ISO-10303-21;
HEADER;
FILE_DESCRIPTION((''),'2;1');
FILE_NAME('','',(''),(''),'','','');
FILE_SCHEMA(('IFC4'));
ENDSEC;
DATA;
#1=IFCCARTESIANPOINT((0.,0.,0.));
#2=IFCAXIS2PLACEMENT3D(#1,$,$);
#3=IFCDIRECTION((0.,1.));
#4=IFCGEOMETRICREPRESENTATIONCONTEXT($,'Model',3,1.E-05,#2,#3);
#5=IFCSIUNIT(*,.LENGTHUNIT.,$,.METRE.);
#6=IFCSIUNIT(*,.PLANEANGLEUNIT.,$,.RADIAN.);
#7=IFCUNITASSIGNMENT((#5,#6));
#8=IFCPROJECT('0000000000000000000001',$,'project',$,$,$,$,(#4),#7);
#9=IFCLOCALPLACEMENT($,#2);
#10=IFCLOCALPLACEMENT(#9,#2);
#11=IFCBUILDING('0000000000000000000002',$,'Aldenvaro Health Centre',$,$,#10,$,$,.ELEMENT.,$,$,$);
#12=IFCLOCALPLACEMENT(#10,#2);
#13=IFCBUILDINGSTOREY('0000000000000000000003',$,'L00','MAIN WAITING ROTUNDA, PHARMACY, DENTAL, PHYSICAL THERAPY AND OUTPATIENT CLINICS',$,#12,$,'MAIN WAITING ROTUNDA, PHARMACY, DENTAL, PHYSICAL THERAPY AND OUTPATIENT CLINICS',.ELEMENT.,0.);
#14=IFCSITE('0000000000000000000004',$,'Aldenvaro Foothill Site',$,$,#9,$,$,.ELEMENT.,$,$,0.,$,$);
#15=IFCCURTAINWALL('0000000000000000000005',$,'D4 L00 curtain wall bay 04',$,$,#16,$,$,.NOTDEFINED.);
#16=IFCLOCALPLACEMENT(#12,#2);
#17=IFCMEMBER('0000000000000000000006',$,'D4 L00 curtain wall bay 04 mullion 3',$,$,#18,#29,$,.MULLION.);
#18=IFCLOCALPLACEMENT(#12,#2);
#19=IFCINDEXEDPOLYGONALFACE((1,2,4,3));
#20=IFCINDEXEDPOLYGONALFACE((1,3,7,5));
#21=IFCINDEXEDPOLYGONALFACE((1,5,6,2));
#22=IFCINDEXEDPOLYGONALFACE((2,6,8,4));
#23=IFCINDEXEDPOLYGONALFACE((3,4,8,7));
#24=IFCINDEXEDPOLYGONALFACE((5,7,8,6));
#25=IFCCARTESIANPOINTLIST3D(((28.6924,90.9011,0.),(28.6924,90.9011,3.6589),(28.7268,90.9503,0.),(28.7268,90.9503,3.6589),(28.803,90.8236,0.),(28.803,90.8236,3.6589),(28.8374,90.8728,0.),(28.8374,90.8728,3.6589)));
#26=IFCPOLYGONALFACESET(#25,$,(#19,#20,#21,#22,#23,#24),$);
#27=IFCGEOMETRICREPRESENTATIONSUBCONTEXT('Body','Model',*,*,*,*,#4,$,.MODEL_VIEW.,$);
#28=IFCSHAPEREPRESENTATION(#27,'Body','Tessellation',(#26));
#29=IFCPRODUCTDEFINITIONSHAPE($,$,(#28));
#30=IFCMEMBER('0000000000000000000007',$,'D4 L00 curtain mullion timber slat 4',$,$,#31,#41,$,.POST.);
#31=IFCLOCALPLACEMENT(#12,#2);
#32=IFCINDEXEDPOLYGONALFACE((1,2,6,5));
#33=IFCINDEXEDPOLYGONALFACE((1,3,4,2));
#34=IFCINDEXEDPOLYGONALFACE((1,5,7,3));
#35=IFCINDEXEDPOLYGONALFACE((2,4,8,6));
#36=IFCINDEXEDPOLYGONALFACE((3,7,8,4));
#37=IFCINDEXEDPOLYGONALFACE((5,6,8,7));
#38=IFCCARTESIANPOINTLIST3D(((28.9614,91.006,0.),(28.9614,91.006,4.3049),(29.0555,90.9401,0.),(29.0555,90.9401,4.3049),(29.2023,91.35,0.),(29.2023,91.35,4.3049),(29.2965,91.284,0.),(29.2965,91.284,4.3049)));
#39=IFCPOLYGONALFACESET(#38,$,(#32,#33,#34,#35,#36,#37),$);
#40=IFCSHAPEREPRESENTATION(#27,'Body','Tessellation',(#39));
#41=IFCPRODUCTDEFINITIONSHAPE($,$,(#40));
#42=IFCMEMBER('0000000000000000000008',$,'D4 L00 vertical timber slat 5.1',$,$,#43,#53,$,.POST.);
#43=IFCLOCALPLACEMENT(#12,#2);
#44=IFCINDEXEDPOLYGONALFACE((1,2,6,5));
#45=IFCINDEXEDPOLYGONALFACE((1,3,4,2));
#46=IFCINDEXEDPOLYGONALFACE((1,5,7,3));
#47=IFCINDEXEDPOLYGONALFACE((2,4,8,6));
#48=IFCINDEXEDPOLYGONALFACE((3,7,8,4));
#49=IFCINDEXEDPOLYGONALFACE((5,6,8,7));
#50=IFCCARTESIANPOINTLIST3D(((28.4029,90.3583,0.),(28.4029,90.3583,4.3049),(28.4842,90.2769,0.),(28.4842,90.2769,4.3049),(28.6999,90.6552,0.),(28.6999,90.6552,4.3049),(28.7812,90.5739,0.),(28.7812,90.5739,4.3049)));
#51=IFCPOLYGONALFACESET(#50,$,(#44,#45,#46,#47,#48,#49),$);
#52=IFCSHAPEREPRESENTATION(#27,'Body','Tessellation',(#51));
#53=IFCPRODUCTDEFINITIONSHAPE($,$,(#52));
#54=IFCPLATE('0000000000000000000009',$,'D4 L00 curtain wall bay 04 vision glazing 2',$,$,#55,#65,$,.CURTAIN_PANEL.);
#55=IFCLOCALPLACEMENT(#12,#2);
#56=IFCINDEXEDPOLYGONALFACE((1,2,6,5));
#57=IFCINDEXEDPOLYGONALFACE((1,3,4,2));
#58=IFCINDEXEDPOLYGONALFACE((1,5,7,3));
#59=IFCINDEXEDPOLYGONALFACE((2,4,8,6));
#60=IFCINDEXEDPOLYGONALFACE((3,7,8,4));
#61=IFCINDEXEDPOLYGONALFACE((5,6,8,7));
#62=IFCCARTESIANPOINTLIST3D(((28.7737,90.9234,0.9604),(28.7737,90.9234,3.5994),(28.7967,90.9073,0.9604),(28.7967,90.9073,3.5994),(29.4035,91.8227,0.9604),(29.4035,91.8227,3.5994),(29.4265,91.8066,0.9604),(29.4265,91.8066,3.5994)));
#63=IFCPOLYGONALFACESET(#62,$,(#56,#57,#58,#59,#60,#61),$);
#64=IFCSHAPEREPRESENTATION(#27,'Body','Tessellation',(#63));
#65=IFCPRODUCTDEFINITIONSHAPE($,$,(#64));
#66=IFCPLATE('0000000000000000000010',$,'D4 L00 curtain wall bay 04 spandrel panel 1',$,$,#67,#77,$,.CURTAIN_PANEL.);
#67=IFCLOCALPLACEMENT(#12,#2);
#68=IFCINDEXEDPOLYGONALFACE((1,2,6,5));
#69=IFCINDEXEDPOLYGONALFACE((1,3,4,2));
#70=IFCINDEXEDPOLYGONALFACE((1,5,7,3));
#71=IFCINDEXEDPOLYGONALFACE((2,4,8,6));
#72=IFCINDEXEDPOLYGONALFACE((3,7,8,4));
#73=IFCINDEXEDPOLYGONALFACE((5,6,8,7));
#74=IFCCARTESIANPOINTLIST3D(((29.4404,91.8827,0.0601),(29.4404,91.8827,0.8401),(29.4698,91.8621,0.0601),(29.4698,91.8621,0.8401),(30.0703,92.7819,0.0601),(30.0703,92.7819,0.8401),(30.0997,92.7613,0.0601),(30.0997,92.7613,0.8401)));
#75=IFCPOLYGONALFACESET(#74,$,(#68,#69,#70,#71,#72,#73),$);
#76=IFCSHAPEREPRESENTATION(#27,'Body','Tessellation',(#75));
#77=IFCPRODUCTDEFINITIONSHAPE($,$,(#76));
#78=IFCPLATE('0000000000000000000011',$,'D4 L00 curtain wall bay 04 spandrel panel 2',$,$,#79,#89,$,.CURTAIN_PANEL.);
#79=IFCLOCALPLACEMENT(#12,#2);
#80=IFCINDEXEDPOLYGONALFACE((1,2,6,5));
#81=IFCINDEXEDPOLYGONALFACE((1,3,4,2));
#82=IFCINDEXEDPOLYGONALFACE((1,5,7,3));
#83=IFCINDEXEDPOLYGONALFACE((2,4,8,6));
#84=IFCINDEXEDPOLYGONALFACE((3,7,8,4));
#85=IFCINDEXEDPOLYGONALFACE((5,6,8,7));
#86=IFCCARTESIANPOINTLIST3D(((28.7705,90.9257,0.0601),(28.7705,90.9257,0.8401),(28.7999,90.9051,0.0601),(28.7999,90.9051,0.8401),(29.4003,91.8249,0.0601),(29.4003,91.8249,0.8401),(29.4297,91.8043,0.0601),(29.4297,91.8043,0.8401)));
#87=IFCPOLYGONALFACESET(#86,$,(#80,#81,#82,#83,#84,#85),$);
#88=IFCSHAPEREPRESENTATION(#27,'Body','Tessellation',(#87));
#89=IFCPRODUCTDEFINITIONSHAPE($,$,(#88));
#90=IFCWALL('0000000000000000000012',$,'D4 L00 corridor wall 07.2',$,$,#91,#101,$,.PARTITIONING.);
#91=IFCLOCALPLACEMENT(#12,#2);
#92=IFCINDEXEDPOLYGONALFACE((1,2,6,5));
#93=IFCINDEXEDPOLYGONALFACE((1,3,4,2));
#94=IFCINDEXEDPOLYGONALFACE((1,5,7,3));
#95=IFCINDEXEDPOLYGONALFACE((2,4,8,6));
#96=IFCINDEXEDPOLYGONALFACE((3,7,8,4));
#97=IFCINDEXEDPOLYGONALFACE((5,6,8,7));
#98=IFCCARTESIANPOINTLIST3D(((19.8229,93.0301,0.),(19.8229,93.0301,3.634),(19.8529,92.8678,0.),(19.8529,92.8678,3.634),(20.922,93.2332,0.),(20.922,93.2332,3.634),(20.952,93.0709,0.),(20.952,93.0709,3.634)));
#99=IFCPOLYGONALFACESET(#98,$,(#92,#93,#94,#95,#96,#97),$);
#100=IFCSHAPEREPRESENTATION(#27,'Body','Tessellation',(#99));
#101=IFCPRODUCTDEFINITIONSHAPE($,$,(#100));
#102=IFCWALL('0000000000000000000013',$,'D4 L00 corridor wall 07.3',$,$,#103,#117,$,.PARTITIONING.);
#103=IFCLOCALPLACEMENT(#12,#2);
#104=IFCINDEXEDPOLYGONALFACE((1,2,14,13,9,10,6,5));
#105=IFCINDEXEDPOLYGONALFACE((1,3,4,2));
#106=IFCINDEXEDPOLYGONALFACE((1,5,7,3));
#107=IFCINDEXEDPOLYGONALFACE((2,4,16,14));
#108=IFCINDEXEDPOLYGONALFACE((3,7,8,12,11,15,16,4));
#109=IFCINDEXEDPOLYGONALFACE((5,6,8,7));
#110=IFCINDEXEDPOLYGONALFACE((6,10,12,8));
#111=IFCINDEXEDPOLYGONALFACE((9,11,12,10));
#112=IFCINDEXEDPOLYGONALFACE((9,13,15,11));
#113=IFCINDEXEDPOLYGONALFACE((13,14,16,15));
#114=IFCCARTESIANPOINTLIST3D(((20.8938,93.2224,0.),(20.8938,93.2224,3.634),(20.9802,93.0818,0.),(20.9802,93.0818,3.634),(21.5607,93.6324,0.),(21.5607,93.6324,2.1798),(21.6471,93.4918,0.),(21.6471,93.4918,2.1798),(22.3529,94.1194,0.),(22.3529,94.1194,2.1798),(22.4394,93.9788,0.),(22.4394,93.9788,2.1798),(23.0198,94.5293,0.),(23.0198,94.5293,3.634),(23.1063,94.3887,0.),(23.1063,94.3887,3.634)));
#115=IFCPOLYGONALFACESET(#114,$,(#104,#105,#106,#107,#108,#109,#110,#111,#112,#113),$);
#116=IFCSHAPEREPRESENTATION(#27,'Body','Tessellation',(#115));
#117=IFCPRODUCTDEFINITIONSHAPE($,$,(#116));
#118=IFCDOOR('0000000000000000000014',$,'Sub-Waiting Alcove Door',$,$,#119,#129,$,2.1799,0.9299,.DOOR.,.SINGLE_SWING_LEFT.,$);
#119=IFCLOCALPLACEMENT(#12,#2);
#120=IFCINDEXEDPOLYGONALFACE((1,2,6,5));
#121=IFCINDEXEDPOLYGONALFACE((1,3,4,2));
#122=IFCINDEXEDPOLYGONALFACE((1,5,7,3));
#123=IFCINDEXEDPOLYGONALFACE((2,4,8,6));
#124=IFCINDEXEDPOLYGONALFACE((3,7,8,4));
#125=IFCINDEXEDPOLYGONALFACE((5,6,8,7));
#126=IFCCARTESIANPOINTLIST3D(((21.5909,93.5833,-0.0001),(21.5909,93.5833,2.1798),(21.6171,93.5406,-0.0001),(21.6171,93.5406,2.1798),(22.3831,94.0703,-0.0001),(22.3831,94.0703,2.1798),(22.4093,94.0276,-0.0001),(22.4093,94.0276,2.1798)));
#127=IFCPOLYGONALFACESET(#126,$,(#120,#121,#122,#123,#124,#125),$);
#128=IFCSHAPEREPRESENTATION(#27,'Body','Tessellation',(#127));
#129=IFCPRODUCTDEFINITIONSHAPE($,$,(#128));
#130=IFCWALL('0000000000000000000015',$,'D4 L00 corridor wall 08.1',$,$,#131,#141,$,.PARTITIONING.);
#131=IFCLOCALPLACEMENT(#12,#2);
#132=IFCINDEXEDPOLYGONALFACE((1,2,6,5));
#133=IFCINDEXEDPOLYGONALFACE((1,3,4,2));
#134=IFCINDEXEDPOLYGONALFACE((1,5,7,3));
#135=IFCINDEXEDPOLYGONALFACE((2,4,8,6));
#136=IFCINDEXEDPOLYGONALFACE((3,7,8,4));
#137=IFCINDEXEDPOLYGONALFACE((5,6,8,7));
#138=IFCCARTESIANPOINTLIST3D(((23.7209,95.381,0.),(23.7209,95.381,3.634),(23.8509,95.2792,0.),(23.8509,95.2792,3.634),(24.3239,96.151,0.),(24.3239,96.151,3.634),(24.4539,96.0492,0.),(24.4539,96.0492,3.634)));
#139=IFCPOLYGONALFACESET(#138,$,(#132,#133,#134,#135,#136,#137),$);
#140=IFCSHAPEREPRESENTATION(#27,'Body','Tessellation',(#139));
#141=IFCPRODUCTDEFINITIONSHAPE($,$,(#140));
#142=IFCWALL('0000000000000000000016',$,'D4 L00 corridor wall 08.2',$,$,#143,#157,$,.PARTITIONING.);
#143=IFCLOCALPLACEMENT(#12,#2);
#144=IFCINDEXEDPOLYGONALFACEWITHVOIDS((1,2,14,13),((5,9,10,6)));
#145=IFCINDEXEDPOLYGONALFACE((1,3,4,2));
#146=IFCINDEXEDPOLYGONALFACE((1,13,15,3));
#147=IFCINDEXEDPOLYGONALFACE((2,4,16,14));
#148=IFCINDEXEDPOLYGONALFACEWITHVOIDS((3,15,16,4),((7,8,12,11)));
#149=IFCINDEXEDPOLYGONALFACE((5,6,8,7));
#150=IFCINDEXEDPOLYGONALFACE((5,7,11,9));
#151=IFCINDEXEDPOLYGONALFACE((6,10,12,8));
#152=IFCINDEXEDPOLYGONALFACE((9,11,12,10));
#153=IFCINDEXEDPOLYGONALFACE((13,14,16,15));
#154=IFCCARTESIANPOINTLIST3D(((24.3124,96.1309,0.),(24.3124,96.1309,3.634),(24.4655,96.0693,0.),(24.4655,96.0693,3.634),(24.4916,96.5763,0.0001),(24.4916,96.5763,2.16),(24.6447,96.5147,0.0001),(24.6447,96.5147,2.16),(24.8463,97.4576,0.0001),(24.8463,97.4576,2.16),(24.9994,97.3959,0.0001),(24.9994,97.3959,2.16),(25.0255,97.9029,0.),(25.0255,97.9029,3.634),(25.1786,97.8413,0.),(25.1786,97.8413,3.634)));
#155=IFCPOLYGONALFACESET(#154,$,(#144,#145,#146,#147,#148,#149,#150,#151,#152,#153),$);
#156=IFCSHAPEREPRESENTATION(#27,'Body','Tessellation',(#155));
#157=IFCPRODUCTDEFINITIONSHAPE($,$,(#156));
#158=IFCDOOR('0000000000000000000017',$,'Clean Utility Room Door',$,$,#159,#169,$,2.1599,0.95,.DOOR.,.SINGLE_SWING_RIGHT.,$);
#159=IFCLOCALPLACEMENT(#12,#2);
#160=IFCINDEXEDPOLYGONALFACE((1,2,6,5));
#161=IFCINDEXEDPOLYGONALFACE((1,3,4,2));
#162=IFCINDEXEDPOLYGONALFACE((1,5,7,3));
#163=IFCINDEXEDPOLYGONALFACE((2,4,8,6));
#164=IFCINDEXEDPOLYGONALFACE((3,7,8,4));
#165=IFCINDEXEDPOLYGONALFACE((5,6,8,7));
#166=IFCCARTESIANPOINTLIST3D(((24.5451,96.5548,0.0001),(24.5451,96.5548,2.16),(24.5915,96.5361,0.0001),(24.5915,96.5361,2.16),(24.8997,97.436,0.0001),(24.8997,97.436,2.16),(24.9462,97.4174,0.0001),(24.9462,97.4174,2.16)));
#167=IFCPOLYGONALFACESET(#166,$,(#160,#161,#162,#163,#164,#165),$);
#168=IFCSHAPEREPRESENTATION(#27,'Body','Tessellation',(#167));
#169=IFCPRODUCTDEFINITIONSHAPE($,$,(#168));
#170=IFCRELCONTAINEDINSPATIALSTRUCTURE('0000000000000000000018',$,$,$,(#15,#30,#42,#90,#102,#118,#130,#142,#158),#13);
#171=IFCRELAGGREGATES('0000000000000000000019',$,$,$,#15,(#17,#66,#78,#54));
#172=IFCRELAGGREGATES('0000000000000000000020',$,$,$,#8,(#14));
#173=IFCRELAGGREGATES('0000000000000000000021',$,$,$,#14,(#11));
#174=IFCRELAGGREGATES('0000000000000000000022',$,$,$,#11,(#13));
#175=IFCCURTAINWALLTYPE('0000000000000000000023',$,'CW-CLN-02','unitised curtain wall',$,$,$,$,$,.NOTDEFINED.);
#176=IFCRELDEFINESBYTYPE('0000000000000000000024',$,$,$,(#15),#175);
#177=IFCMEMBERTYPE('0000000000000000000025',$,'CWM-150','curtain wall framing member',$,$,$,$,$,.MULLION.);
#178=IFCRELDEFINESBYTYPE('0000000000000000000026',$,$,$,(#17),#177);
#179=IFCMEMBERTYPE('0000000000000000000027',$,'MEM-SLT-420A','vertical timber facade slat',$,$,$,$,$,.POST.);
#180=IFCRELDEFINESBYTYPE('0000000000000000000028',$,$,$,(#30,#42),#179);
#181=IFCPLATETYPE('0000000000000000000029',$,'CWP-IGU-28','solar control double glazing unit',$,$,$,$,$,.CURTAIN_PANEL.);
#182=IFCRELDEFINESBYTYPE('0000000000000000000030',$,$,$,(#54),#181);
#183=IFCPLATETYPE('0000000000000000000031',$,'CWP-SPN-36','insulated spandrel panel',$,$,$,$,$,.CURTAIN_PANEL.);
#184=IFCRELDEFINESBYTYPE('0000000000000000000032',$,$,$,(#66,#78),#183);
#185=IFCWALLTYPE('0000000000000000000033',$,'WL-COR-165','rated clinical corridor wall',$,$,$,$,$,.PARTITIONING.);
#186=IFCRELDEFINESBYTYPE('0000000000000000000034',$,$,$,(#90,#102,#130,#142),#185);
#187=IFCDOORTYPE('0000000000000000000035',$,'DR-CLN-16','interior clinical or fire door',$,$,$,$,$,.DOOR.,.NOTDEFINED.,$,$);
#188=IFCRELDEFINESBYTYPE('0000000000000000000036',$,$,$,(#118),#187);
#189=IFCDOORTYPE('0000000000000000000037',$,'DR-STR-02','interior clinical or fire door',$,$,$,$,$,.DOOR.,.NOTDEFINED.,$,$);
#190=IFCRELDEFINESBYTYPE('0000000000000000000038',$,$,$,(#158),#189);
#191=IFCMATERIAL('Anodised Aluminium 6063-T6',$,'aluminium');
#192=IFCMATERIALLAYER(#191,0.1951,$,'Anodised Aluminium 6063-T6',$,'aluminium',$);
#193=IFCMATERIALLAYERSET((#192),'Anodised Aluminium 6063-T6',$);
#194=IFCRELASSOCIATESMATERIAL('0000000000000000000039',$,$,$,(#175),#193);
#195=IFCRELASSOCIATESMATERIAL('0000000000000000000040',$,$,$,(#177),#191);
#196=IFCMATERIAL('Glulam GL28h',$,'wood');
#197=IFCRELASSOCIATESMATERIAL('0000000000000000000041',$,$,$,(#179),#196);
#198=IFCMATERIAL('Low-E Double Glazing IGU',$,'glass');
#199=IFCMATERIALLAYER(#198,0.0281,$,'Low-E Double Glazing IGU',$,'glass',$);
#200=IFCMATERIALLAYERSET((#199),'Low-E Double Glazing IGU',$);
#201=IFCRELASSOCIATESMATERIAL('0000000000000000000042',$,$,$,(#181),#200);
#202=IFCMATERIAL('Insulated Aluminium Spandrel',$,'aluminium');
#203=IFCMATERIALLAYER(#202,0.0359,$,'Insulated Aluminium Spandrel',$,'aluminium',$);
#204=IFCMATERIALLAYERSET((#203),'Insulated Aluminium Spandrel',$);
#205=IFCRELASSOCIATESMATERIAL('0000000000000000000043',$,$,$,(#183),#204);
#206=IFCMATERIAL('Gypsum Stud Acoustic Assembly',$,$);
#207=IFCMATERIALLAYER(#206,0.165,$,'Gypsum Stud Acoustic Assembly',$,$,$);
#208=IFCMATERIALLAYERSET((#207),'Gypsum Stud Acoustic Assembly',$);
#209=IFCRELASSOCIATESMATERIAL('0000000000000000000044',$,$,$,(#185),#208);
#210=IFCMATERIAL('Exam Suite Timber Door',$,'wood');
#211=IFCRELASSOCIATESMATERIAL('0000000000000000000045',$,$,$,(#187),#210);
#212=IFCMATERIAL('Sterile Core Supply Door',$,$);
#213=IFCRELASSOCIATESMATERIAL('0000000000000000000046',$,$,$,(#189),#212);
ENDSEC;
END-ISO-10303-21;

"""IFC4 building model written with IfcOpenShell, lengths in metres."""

from ifc_helpers import new_model, si_unit, direction, frame, frame_2d, origin, origin_2d, place, context, subcontext, project, spatial, rectangle, extrude, material, layer, layer_set, material_profile, profile_set, type_object, element, fill, aggregate, save


model = new_model("IFC4")

# Units and contexts
model_context = context("Model", 3, precision=1e-05, world=origin(), true_north=direction((0.0, 1.0)))
body_context = subcontext(model_context, "Body", "Model", "MODEL_VIEW")
ifc_project = project(units=[si_unit("LENGTHUNIT", "METRE"), si_unit("PLANEANGLEUNIT", "RADIAN")], contexts=[model_context])

# Site, building, storey
site_placement = place(None, origin())
site = spatial("IfcSite", under=ifc_project, at=site_placement, Name="Aldenvaro Foothill Site", CompositionType="ELEMENT", RefElevation=0.0)
building_placement = place(site_placement, origin())
building = spatial("IfcBuilding", under=site, at=building_placement, Name="Aldenvaro Health Centre", CompositionType="ELEMENT")
storey_placement = place(building_placement, origin())
storey = spatial("IfcBuildingStorey", under=building, at=storey_placement, Name="L00", Description="MAIN WAITING ROTUNDA, PHARMACY, DENTAL, PHYSICAL THERAPY AND OUTPATIENT CLINICS", LongName="MAIN WAITING ROTUNDA, PHARMACY, DENTAL, PHYSICAL THERAPY AND OUTPATIENT CLINICS", CompositionType="ELEMENT", Elevation=0.0)

# Shared definitions
ifc_material_1 = material(Name="Glulam GL28h", Category="wood")

# Curtain wall, member
ifc_material_2 = material(Name="Anodised Aluminium 6063-T6", Category="aluminium")
ifc_layer_1 = layer(ifc_material_2, 0.1951, Name="Anodised Aluminium 6063-T6", Category="aluminium")
ifc_layer_set_1 = layer_set([ifc_layer_1], Name="Anodised Aluminium 6063-T6")
curtain_wall_type = type_object("IfcCurtainWallType", Name="CW-CLN-02", Description="unitised curtain wall", PredefinedType="NOTDEFINED", material=ifc_layer_set_1)
curtain_wall_placement = place(storey_placement, origin())
curtain_wall = element("IfcCurtainWall", 1, at=curtain_wall_placement, inside=storey, type_object=curtain_wall_type, Name="D4 L00 curtain wall bay 04", PredefinedType="NOTDEFINED")
ifc_material_profile_1 = material_profile(ifc_material_2, rectangle(XDim=0.0601, YDim=0.135, at=origin_2d()), Name="ALU 60x135", Category="aluminium")
ifc_profile_set_1 = profile_set([ifc_material_profile_1], Name="Anodised Aluminium 6063-T6")
member_type_1 = type_object("IfcMemberType", Name="CWM-150", Description="curtain wall framing member", PredefinedType="MULLION", material=ifc_profile_set_1)
member_1_placement = place(storey_placement, frame((28.7649, 90.887, 0.0), z_axis=(0.0, 0.0, 1.0), x_axis=(-0.573721, -0.819051, 0.0)))
member_1 = element("IfcMember", 2, at=member_1_placement, type_object=member_type_1, Name="D4 L00 curtain wall bay 04 mullion 3", PredefinedType="MULLION", context=body_context, shape_type="SweptSolid", body=[
    extrude(rectangle(XDim=0.0601, YDim=0.135, at=origin_2d()), origin(), (0.0, 0.0, 1.0), 3.6589),
])

# Members
ifc_material_profile_2 = material_profile(ifc_material_1, rectangle(XDim=0.115, YDim=0.4199, at=origin_2d()), Name="GL 115x420", Category="wood")
ifc_profile_set_2 = profile_set([ifc_material_profile_2], Name="Glulam GL28h")
member_type_2 = type_object("IfcMemberType", Name="MEM-SLT-420A", Description="vertical timber facade slat", PredefinedType="POST", material=ifc_profile_set_2)
for number, where, z_axis, x_axis, name in (
    (3, (29.1289, 91.145, 0.0), (0.0, 0.0, 1.0), (0.819051, -0.573721, 0.0), "D4 L00 curtain mullion timber slat 4"),
    (4, (28.592, 90.4661, 0.0), (0.0, 0.0, 1.0), (0.707107, -0.707107, 0.0), "D4 L00 vertical timber slat 5.1"),
):
    element("IfcMember", number, at=place(storey_placement, frame(where, z_axis=z_axis, x_axis=x_axis)), inside=storey, type_object=member_type_2, Name=name, PredefinedType="POST", context=body_context, shape_type="SweptSolid", body=[
        extrude(rectangle(XDim=0.115, YDim=0.4199, at=origin_2d()), origin(), (0.0, 0.0, 1.0), 4.3049),
    ])

# Plates
ifc_material_3 = material(Name="Low-E Double Glazing IGU", Category="glass")
ifc_layer_2 = layer(ifc_material_3, 0.0281, Name="Low-E Double Glazing IGU", Category="glass")
ifc_layer_set_2 = layer_set([ifc_layer_2], Name="Low-E Double Glazing IGU")
plate_type_1 = type_object("IfcPlateType", Name="CWP-IGU-28", Description="solar control double glazing unit", PredefinedType="CURTAIN_PANEL", material=ifc_layer_set_2)
plate_1_placement = place(storey_placement, frame((29.1001, 91.365, 0.9604), z_axis=(0.0, 0.0, 1.0), x_axis=(-0.573721, -0.819051, 0.0)))
plate_1 = element("IfcPlate", 5, at=plate_1_placement, type_object=plate_type_1, Name="D4 L00 curtain wall bay 04 vision glazing 2", PredefinedType="CURTAIN_PANEL", context=body_context, shape_type="SweptSolid", body=[
    extrude(rectangle(XDim=1.0979, YDim=0.0281, at=origin_2d()), origin(), (0.0, 0.0, 1.0), 2.6389),
])
ifc_material_4 = material(Name="Insulated Aluminium Spandrel", Category="aluminium")
ifc_layer_3 = layer(ifc_material_4, 0.0359, Name="Insulated Aluminium Spandrel", Category="aluminium")
ifc_layer_set_3 = layer_set([ifc_layer_3], Name="Insulated Aluminium Spandrel")
plate_type_2 = type_object("IfcPlateType", Name="CWP-SPN-36", Description="insulated spandrel panel", PredefinedType="CURTAIN_PANEL", material=ifc_layer_set_3)
plate_2_placement = place(storey_placement, frame((29.77, 92.322, 0.0601), z_axis=(0.0, 0.0, 1.0), x_axis=(-0.573721, -0.819051, 0.0)))
plate_2 = element("IfcPlate", 6, at=plate_2_placement, type_object=plate_type_2, Name="D4 L00 curtain wall bay 04 spandrel panel 1", PredefinedType="CURTAIN_PANEL", context=body_context, shape_type="SweptSolid", body=[
    extrude(rectangle(XDim=1.0979, YDim=0.0359, at=origin_2d()), origin(), (0.0, 0.0, 1.0), 0.78),
])
plate_3_placement = place(storey_placement, frame((29.1001, 91.365, 0.0601), z_axis=(0.0, 0.0, 1.0), x_axis=(-0.573721, -0.819051, 0.0)))
plate_3 = element("IfcPlate", 7, at=plate_3_placement, type_object=plate_type_2, Name="D4 L00 curtain wall bay 04 spandrel panel 2", PredefinedType="CURTAIN_PANEL", context=body_context, shape_type="SweptSolid", body=[
    extrude(rectangle(XDim=1.0979, YDim=0.0359, at=origin_2d()), origin(), (0.0, 0.0, 1.0), 0.78),
])
aggregate(curtain_wall, [member_1, plate_2, plate_3, plate_1])

# Wall
ifc_material_5 = material(Name="Gypsum Stud Acoustic Assembly")
ifc_layer_4 = layer(ifc_material_5, 0.165, Name="Gypsum Stud Acoustic Assembly")
ifc_layer_set_4 = layer_set([ifc_layer_4], Name="Gypsum Stud Acoustic Assembly")
wall_type_1 = type_object("IfcWallType", Name="WL-COR-165", Description="rated clinical corridor wall", PredefinedType="PARTITIONING", material=ifc_layer_set_4)
wall_1_placement = place(storey_placement, frame((19.8379, 92.949, 0.0), z_axis=(0.0, 0.0, 1.0), x_axis=(0.983349, 0.181729, 0.0)))
element("IfcWall", 8, at=wall_1_placement, inside=storey, type_object=wall_type_1, Name="D4 L00 corridor wall 07.2", PredefinedType="PARTITIONING", context=body_context, shape_type="SweptSolid", body=[
    extrude(rectangle(XDim=1.1177, YDim=0.165, at=frame_2d((0.5588, 0.0))), origin(), (0.0, 0.0, 1.0), 3.634),
])

# Wall, opening, door
wall_2_placement = place(storey_placement, frame((20.937, 93.1521, 0.0), z_axis=(0.0, 0.0, 1.0), x_axis=(0.85191, 0.523688, 0.0)))
wall_2 = element("IfcWall", 9, at=wall_2_placement, inside=storey, type_object=wall_type_1, Name="D4 L00 corridor wall 07.3", PredefinedType="PARTITIONING", context=body_context, shape_type="SweptSolid", body=[
    extrude(rectangle(XDim=2.4956, YDim=0.165, at=frame_2d((1.2478, 0.0))), origin(), (0.0, 0.0, 1.0), 3.634),
])
opening_1_placement = place(wall_2_placement, frame((0.783, 0.0, 0.0)))
opening_1 = element("IfcOpeningElement", 10, at=opening_1_placement, cuts=wall_2, PredefinedType="OPENING", context=body_context, shape_type="SweptSolid", body=[
    extrude(rectangle(XDim=0.9299, YDim=2.1799, at=frame_2d((0.4648, 1.0898))), frame((0.0, 0.0925, 0.0), z_axis=(0.0, -1.0, 0.0), x_axis=(1.0, 0.0, 0.0)), (0.0, 0.0, 1.0), 0.1851),
])
ifc_material_6 = material(Name="Exam Suite Timber Door", Category="wood")
door_type_1 = type_object("IfcDoorType", Name="DR-CLN-16", Description="interior clinical or fire door", OperationType="NOTDEFINED", PredefinedType="DOOR", material=ifc_material_6)
door_1_placement = place(opening_1_placement, origin())
door_1 = element("IfcDoor", 11, at=door_1_placement, inside=storey, type_object=door_type_1, Name="Sub-Waiting Alcove Door", OperationType="SINGLE_SWING_LEFT", OverallHeight=2.1799, OverallWidth=0.9299, PredefinedType="DOOR", context=body_context, shape_type="SweptSolid", body=[
    extrude(rectangle(XDim=0.9299, YDim=2.1799, at=frame_2d((0.4648, 1.0898))), frame((0.0, 0.0249, 0.0), z_axis=(0.0, -1.0, 0.0), x_axis=(1.0, 0.0, 0.0)), (0.0, 0.0, 1.0), 0.05),
])
fill(opening_1, door_1)

# Wall
wall_3_placement = place(storey_placement, frame((23.7859, 95.3301, 0.0), z_axis=(0.0, 0.0, 1.0), x_axis=(0.616564, 0.787305, 0.0)))
element("IfcWall", 12, at=wall_3_placement, inside=storey, type_object=wall_type_1, Name="D4 L00 corridor wall 08.1", PredefinedType="PARTITIONING", context=body_context, shape_type="SweptSolid", body=[
    extrude(rectangle(XDim=0.978, YDim=0.165, at=frame_2d((0.489, 0.0))), origin(), (0.0, 0.0, 1.0), 3.634),
])

# Wall, opening, door
wall_4_placement = place(storey_placement, frame((24.3889, 96.1001, 0.0), z_axis=(0.0, 0.0, 1.0), x_axis=(0.373351, 0.92769, 0.0)))
wall_4 = element("IfcWall", 13, at=wall_4_placement, inside=storey, type_object=wall_type_1, Name="D4 L00 corridor wall 08.2", PredefinedType="PARTITIONING", context=body_context, shape_type="SweptSolid", body=[
    extrude(rectangle(XDim=1.9102, YDim=0.165, at=frame_2d((0.9551, 0.0))), origin(), (0.0, 0.0, 1.0), 3.634),
])
opening_2_placement = place(wall_4_placement, frame((0.48, 0.0, 0.0)))
opening_2 = element("IfcOpeningElement", 14, at=opening_2_placement, cuts=wall_4, PredefinedType="OPENING", context=body_context, shape_type="SweptSolid", body=[
    extrude(rectangle(XDim=0.95, YDim=2.1599, at=frame_2d((0.4751, 1.0801))), frame((0.0, 0.0925, 0.0), z_axis=(0.0, -1.0, 0.0), x_axis=(1.0, 0.0, 0.0)), (0.0, 0.0, 1.0), 0.1851),
])
ifc_material_7 = material(Name="Sterile Core Supply Door")
door_type_2 = type_object("IfcDoorType", Name="DR-STR-02", Description="interior clinical or fire door", OperationType="NOTDEFINED", PredefinedType="DOOR", material=ifc_material_7)
door_2_placement = place(opening_2_placement, origin())
door_2 = element("IfcDoor", 15, at=door_2_placement, inside=storey, type_object=door_type_2, Name="Clean Utility Room Door", OperationType="SINGLE_SWING_RIGHT", OverallHeight=2.1599, OverallWidth=0.95, PredefinedType="DOOR", context=body_context, shape_type="SweptSolid", body=[
    extrude(rectangle(XDim=0.95, YDim=2.1599, at=frame_2d((0.4751, 1.0801))), frame((0.0, 0.0249, 0.0), z_axis=(0.0, -1.0, 0.0), x_axis=(1.0, 0.0, 0.0)), (0.0, 0.0, 1.0), 0.05),
])
fill(opening_2, door_2)

save(model, "model.ifc")
